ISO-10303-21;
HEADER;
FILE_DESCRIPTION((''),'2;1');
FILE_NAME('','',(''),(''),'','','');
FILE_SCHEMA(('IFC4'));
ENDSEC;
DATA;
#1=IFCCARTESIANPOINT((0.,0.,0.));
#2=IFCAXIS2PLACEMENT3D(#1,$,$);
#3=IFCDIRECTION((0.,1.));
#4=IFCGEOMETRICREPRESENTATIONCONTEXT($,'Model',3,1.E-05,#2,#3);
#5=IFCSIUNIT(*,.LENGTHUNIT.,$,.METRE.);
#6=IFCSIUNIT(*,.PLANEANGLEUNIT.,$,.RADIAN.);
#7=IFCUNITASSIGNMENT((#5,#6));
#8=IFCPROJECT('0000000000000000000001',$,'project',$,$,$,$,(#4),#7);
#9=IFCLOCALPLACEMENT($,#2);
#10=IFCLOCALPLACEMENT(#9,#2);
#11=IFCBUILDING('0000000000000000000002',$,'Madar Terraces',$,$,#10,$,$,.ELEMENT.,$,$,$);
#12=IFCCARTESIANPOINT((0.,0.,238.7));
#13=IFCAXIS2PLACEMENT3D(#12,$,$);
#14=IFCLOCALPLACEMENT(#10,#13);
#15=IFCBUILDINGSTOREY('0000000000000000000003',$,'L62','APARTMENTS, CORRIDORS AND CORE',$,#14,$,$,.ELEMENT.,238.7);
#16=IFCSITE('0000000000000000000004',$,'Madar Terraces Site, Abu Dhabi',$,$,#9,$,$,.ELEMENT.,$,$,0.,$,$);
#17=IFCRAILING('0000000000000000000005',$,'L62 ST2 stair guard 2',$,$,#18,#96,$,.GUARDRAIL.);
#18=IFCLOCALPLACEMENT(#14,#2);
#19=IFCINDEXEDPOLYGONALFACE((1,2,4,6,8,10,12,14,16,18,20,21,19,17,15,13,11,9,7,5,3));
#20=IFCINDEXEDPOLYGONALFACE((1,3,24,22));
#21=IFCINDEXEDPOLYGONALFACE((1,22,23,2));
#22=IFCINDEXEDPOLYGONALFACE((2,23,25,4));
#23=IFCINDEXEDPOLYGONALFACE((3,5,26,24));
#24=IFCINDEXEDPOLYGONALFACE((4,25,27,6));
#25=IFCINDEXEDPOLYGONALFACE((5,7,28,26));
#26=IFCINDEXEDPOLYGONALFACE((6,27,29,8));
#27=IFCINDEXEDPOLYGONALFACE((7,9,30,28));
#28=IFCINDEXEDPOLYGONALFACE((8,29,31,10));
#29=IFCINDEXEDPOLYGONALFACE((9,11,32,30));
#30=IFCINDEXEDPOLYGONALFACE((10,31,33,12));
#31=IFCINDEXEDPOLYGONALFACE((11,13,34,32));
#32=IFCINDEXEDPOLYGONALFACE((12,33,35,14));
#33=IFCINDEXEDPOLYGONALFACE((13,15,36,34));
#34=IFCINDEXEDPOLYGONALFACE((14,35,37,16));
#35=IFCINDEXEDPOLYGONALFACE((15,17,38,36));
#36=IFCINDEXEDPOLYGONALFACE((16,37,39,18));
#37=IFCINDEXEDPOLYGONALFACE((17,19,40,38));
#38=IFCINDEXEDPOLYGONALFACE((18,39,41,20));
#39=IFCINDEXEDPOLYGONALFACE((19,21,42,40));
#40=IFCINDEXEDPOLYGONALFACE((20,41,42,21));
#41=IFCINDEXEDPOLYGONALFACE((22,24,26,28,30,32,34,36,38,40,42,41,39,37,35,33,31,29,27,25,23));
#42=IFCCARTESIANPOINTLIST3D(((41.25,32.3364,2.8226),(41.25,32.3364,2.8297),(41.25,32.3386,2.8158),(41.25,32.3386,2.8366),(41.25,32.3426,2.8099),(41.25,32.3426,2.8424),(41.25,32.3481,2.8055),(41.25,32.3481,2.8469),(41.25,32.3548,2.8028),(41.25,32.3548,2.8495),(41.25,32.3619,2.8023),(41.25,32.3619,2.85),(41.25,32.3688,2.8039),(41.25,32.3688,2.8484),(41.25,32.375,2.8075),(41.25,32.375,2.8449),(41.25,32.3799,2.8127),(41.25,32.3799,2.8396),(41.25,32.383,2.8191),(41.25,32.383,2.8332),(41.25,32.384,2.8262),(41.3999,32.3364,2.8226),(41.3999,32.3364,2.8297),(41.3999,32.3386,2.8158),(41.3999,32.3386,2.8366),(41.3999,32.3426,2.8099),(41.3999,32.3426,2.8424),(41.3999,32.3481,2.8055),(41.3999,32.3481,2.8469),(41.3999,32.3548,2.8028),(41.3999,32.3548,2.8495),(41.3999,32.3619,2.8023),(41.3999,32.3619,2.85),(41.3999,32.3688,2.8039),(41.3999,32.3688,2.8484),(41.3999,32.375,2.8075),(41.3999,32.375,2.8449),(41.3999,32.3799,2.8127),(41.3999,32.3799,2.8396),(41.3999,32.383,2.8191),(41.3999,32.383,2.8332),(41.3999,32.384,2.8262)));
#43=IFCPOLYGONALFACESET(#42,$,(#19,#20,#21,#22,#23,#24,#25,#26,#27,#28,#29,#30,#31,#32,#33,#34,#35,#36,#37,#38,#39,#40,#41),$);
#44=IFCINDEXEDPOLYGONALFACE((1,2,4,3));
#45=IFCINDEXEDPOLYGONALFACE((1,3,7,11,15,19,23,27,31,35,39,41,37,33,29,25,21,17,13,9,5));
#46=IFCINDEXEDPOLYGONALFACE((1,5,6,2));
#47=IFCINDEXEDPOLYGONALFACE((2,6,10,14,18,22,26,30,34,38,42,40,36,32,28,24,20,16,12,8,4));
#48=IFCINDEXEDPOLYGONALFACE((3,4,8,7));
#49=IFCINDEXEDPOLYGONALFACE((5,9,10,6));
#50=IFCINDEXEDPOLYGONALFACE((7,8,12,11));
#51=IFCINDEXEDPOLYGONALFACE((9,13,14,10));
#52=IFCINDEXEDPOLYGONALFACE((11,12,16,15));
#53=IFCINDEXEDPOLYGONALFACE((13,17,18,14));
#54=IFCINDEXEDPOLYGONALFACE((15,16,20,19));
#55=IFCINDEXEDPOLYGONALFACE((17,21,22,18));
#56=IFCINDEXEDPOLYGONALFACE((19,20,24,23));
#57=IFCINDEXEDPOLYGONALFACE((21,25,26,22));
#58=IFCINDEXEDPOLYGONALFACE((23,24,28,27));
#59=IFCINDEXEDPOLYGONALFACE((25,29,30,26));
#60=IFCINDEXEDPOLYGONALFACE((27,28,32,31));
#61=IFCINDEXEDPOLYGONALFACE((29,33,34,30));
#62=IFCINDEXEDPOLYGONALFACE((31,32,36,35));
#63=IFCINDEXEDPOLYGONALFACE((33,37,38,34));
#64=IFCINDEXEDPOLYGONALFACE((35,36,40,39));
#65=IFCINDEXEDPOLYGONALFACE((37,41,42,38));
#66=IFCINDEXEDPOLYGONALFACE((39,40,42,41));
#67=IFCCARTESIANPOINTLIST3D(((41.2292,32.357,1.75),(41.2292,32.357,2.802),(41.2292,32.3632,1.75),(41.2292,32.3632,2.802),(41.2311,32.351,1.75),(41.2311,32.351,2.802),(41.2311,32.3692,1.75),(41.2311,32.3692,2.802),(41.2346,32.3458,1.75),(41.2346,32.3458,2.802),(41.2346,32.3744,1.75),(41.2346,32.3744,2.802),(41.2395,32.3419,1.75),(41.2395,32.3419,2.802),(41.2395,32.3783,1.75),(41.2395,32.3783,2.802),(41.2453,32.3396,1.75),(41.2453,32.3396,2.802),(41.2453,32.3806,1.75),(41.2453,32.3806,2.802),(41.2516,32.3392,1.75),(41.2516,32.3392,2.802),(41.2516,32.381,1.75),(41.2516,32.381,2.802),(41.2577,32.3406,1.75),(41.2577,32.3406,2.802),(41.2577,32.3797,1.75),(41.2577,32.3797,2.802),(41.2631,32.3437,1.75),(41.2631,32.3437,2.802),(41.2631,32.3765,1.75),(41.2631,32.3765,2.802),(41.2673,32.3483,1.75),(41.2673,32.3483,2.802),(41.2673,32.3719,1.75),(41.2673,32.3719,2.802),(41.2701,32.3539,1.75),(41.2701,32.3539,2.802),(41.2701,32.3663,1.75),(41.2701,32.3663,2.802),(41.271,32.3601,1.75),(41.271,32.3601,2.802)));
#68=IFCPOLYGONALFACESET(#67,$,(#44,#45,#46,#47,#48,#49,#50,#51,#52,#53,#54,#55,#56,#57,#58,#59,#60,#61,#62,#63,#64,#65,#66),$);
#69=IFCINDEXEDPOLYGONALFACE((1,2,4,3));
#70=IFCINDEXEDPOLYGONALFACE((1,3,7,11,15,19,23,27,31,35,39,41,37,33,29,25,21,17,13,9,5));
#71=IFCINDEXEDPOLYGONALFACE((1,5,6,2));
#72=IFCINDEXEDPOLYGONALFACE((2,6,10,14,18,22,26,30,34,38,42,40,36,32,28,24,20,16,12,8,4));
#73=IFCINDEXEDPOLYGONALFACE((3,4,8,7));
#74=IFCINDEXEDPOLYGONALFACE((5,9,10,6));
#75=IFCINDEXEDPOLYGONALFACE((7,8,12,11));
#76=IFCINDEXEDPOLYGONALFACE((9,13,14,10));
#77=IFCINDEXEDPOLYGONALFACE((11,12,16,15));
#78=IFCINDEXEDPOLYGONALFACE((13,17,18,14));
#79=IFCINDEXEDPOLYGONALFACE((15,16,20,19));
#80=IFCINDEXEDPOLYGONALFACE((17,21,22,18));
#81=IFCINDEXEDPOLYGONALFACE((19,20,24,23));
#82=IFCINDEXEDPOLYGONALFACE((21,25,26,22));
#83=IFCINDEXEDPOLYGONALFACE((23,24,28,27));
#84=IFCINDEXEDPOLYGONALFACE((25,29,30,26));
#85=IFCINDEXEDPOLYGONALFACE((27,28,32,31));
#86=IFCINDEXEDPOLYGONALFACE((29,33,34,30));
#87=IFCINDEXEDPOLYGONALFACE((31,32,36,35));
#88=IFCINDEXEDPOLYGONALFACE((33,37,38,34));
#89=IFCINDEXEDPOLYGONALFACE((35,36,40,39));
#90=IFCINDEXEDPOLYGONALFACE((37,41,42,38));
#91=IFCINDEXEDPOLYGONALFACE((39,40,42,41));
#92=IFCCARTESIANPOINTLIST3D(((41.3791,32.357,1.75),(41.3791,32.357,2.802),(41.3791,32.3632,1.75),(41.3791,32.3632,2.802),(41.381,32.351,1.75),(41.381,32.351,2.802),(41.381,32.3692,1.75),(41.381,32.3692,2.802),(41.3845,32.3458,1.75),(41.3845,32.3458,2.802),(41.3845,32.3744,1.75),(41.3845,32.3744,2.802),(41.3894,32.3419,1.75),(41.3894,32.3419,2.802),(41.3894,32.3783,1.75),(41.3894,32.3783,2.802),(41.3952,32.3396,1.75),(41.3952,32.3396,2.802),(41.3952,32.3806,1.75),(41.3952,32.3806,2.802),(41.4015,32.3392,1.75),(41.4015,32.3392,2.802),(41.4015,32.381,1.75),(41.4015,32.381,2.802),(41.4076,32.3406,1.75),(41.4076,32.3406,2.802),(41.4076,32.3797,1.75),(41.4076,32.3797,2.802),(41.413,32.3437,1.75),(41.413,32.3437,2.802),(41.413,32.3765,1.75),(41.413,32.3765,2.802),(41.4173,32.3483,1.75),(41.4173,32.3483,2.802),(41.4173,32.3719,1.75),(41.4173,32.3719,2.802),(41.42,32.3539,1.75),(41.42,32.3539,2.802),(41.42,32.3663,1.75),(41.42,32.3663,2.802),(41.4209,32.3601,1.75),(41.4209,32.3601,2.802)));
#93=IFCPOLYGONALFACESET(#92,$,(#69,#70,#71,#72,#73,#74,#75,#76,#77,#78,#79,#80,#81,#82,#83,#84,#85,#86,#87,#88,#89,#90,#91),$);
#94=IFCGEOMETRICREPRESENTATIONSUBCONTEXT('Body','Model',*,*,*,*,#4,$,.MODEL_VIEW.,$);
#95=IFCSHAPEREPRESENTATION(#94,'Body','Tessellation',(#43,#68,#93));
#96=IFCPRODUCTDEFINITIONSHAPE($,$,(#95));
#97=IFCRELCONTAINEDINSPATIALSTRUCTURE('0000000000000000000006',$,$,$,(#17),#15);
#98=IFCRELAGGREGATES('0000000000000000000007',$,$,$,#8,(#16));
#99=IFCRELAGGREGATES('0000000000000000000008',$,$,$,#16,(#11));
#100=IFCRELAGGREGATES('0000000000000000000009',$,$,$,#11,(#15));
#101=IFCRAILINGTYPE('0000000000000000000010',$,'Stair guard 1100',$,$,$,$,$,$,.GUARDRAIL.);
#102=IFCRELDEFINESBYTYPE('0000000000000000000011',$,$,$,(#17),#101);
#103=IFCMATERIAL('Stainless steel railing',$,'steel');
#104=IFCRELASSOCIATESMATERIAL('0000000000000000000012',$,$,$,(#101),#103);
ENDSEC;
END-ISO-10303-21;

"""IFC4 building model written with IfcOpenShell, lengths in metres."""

from ifc_helpers import new_model, si_unit, direction, frame, origin, origin_2d, place, context, subcontext, project, spatial, circle, extrude, material, type_object, element, save


model = new_model("IFC4")

# Units and contexts
model_context = context("Model", 3, precision=1e-05, world=origin(), true_north=direction((0.0, 1.0)))
body_context = subcontext(model_context, "Body", "Model", "MODEL_VIEW")
ifc_project = project(units=[si_unit("LENGTHUNIT", "METRE"), si_unit("PLANEANGLEUNIT", "RADIAN")], contexts=[model_context])

# Site, building, storey
site_placement = place(None, origin())
site = spatial("IfcSite", under=ifc_project, at=site_placement, Name="Madar Terraces Site, Abu Dhabi", CompositionType="ELEMENT", RefElevation=0.0)
building_placement = place(site_placement, origin())
building = spatial("IfcBuilding", under=site, at=building_placement, Name="Madar Terraces", CompositionType="ELEMENT")
storey_placement = place(building_placement, frame((0.0, 0.0, 238.7)))
storey = spatial("IfcBuildingStorey", under=building, at=storey_placement, Name="L62", Description="APARTMENTS, CORRIDORS AND CORE", CompositionType="ELEMENT", Elevation=238.7)

# Railing
ifc_material_1 = material(Name="Stainless steel railing", Category="steel")
railing_type_1 = type_object("IfcRailingType", Name="Stair guard 1100", PredefinedType="GUARDRAIL", material=ifc_material_1)
railing_1_placement = place(storey_placement, frame((41.25, 32.3601, 1.75)))
element("IfcRailing", 1, at=railing_1_placement, inside=storey, type_object=railing_type_1, Name="L62 ST2 stair guard 2", PredefinedType="GUARDRAIL", context=body_context, shape_type="SweptSolid", body=[
    extrude(circle(Radius=0.0239, at=origin_2d()), frame((0.0, 0.0, 1.0762), z_axis=(1.0, 0.0, 0.0), x_axis=(0.0, 1.0, 0.0)), (0.0, 0.0, 1.0), 0.1499),
    extrude(circle(Radius=0.021, at=origin_2d()), origin(), (0.0, 0.0, 1.0), 1.052),
    extrude(circle(Radius=0.021, at=origin_2d()), frame((0.1499, 0.0, 0.0)), (0.0, 0.0, 1.0), 1.052),
])

save(model, "model.ifc")
